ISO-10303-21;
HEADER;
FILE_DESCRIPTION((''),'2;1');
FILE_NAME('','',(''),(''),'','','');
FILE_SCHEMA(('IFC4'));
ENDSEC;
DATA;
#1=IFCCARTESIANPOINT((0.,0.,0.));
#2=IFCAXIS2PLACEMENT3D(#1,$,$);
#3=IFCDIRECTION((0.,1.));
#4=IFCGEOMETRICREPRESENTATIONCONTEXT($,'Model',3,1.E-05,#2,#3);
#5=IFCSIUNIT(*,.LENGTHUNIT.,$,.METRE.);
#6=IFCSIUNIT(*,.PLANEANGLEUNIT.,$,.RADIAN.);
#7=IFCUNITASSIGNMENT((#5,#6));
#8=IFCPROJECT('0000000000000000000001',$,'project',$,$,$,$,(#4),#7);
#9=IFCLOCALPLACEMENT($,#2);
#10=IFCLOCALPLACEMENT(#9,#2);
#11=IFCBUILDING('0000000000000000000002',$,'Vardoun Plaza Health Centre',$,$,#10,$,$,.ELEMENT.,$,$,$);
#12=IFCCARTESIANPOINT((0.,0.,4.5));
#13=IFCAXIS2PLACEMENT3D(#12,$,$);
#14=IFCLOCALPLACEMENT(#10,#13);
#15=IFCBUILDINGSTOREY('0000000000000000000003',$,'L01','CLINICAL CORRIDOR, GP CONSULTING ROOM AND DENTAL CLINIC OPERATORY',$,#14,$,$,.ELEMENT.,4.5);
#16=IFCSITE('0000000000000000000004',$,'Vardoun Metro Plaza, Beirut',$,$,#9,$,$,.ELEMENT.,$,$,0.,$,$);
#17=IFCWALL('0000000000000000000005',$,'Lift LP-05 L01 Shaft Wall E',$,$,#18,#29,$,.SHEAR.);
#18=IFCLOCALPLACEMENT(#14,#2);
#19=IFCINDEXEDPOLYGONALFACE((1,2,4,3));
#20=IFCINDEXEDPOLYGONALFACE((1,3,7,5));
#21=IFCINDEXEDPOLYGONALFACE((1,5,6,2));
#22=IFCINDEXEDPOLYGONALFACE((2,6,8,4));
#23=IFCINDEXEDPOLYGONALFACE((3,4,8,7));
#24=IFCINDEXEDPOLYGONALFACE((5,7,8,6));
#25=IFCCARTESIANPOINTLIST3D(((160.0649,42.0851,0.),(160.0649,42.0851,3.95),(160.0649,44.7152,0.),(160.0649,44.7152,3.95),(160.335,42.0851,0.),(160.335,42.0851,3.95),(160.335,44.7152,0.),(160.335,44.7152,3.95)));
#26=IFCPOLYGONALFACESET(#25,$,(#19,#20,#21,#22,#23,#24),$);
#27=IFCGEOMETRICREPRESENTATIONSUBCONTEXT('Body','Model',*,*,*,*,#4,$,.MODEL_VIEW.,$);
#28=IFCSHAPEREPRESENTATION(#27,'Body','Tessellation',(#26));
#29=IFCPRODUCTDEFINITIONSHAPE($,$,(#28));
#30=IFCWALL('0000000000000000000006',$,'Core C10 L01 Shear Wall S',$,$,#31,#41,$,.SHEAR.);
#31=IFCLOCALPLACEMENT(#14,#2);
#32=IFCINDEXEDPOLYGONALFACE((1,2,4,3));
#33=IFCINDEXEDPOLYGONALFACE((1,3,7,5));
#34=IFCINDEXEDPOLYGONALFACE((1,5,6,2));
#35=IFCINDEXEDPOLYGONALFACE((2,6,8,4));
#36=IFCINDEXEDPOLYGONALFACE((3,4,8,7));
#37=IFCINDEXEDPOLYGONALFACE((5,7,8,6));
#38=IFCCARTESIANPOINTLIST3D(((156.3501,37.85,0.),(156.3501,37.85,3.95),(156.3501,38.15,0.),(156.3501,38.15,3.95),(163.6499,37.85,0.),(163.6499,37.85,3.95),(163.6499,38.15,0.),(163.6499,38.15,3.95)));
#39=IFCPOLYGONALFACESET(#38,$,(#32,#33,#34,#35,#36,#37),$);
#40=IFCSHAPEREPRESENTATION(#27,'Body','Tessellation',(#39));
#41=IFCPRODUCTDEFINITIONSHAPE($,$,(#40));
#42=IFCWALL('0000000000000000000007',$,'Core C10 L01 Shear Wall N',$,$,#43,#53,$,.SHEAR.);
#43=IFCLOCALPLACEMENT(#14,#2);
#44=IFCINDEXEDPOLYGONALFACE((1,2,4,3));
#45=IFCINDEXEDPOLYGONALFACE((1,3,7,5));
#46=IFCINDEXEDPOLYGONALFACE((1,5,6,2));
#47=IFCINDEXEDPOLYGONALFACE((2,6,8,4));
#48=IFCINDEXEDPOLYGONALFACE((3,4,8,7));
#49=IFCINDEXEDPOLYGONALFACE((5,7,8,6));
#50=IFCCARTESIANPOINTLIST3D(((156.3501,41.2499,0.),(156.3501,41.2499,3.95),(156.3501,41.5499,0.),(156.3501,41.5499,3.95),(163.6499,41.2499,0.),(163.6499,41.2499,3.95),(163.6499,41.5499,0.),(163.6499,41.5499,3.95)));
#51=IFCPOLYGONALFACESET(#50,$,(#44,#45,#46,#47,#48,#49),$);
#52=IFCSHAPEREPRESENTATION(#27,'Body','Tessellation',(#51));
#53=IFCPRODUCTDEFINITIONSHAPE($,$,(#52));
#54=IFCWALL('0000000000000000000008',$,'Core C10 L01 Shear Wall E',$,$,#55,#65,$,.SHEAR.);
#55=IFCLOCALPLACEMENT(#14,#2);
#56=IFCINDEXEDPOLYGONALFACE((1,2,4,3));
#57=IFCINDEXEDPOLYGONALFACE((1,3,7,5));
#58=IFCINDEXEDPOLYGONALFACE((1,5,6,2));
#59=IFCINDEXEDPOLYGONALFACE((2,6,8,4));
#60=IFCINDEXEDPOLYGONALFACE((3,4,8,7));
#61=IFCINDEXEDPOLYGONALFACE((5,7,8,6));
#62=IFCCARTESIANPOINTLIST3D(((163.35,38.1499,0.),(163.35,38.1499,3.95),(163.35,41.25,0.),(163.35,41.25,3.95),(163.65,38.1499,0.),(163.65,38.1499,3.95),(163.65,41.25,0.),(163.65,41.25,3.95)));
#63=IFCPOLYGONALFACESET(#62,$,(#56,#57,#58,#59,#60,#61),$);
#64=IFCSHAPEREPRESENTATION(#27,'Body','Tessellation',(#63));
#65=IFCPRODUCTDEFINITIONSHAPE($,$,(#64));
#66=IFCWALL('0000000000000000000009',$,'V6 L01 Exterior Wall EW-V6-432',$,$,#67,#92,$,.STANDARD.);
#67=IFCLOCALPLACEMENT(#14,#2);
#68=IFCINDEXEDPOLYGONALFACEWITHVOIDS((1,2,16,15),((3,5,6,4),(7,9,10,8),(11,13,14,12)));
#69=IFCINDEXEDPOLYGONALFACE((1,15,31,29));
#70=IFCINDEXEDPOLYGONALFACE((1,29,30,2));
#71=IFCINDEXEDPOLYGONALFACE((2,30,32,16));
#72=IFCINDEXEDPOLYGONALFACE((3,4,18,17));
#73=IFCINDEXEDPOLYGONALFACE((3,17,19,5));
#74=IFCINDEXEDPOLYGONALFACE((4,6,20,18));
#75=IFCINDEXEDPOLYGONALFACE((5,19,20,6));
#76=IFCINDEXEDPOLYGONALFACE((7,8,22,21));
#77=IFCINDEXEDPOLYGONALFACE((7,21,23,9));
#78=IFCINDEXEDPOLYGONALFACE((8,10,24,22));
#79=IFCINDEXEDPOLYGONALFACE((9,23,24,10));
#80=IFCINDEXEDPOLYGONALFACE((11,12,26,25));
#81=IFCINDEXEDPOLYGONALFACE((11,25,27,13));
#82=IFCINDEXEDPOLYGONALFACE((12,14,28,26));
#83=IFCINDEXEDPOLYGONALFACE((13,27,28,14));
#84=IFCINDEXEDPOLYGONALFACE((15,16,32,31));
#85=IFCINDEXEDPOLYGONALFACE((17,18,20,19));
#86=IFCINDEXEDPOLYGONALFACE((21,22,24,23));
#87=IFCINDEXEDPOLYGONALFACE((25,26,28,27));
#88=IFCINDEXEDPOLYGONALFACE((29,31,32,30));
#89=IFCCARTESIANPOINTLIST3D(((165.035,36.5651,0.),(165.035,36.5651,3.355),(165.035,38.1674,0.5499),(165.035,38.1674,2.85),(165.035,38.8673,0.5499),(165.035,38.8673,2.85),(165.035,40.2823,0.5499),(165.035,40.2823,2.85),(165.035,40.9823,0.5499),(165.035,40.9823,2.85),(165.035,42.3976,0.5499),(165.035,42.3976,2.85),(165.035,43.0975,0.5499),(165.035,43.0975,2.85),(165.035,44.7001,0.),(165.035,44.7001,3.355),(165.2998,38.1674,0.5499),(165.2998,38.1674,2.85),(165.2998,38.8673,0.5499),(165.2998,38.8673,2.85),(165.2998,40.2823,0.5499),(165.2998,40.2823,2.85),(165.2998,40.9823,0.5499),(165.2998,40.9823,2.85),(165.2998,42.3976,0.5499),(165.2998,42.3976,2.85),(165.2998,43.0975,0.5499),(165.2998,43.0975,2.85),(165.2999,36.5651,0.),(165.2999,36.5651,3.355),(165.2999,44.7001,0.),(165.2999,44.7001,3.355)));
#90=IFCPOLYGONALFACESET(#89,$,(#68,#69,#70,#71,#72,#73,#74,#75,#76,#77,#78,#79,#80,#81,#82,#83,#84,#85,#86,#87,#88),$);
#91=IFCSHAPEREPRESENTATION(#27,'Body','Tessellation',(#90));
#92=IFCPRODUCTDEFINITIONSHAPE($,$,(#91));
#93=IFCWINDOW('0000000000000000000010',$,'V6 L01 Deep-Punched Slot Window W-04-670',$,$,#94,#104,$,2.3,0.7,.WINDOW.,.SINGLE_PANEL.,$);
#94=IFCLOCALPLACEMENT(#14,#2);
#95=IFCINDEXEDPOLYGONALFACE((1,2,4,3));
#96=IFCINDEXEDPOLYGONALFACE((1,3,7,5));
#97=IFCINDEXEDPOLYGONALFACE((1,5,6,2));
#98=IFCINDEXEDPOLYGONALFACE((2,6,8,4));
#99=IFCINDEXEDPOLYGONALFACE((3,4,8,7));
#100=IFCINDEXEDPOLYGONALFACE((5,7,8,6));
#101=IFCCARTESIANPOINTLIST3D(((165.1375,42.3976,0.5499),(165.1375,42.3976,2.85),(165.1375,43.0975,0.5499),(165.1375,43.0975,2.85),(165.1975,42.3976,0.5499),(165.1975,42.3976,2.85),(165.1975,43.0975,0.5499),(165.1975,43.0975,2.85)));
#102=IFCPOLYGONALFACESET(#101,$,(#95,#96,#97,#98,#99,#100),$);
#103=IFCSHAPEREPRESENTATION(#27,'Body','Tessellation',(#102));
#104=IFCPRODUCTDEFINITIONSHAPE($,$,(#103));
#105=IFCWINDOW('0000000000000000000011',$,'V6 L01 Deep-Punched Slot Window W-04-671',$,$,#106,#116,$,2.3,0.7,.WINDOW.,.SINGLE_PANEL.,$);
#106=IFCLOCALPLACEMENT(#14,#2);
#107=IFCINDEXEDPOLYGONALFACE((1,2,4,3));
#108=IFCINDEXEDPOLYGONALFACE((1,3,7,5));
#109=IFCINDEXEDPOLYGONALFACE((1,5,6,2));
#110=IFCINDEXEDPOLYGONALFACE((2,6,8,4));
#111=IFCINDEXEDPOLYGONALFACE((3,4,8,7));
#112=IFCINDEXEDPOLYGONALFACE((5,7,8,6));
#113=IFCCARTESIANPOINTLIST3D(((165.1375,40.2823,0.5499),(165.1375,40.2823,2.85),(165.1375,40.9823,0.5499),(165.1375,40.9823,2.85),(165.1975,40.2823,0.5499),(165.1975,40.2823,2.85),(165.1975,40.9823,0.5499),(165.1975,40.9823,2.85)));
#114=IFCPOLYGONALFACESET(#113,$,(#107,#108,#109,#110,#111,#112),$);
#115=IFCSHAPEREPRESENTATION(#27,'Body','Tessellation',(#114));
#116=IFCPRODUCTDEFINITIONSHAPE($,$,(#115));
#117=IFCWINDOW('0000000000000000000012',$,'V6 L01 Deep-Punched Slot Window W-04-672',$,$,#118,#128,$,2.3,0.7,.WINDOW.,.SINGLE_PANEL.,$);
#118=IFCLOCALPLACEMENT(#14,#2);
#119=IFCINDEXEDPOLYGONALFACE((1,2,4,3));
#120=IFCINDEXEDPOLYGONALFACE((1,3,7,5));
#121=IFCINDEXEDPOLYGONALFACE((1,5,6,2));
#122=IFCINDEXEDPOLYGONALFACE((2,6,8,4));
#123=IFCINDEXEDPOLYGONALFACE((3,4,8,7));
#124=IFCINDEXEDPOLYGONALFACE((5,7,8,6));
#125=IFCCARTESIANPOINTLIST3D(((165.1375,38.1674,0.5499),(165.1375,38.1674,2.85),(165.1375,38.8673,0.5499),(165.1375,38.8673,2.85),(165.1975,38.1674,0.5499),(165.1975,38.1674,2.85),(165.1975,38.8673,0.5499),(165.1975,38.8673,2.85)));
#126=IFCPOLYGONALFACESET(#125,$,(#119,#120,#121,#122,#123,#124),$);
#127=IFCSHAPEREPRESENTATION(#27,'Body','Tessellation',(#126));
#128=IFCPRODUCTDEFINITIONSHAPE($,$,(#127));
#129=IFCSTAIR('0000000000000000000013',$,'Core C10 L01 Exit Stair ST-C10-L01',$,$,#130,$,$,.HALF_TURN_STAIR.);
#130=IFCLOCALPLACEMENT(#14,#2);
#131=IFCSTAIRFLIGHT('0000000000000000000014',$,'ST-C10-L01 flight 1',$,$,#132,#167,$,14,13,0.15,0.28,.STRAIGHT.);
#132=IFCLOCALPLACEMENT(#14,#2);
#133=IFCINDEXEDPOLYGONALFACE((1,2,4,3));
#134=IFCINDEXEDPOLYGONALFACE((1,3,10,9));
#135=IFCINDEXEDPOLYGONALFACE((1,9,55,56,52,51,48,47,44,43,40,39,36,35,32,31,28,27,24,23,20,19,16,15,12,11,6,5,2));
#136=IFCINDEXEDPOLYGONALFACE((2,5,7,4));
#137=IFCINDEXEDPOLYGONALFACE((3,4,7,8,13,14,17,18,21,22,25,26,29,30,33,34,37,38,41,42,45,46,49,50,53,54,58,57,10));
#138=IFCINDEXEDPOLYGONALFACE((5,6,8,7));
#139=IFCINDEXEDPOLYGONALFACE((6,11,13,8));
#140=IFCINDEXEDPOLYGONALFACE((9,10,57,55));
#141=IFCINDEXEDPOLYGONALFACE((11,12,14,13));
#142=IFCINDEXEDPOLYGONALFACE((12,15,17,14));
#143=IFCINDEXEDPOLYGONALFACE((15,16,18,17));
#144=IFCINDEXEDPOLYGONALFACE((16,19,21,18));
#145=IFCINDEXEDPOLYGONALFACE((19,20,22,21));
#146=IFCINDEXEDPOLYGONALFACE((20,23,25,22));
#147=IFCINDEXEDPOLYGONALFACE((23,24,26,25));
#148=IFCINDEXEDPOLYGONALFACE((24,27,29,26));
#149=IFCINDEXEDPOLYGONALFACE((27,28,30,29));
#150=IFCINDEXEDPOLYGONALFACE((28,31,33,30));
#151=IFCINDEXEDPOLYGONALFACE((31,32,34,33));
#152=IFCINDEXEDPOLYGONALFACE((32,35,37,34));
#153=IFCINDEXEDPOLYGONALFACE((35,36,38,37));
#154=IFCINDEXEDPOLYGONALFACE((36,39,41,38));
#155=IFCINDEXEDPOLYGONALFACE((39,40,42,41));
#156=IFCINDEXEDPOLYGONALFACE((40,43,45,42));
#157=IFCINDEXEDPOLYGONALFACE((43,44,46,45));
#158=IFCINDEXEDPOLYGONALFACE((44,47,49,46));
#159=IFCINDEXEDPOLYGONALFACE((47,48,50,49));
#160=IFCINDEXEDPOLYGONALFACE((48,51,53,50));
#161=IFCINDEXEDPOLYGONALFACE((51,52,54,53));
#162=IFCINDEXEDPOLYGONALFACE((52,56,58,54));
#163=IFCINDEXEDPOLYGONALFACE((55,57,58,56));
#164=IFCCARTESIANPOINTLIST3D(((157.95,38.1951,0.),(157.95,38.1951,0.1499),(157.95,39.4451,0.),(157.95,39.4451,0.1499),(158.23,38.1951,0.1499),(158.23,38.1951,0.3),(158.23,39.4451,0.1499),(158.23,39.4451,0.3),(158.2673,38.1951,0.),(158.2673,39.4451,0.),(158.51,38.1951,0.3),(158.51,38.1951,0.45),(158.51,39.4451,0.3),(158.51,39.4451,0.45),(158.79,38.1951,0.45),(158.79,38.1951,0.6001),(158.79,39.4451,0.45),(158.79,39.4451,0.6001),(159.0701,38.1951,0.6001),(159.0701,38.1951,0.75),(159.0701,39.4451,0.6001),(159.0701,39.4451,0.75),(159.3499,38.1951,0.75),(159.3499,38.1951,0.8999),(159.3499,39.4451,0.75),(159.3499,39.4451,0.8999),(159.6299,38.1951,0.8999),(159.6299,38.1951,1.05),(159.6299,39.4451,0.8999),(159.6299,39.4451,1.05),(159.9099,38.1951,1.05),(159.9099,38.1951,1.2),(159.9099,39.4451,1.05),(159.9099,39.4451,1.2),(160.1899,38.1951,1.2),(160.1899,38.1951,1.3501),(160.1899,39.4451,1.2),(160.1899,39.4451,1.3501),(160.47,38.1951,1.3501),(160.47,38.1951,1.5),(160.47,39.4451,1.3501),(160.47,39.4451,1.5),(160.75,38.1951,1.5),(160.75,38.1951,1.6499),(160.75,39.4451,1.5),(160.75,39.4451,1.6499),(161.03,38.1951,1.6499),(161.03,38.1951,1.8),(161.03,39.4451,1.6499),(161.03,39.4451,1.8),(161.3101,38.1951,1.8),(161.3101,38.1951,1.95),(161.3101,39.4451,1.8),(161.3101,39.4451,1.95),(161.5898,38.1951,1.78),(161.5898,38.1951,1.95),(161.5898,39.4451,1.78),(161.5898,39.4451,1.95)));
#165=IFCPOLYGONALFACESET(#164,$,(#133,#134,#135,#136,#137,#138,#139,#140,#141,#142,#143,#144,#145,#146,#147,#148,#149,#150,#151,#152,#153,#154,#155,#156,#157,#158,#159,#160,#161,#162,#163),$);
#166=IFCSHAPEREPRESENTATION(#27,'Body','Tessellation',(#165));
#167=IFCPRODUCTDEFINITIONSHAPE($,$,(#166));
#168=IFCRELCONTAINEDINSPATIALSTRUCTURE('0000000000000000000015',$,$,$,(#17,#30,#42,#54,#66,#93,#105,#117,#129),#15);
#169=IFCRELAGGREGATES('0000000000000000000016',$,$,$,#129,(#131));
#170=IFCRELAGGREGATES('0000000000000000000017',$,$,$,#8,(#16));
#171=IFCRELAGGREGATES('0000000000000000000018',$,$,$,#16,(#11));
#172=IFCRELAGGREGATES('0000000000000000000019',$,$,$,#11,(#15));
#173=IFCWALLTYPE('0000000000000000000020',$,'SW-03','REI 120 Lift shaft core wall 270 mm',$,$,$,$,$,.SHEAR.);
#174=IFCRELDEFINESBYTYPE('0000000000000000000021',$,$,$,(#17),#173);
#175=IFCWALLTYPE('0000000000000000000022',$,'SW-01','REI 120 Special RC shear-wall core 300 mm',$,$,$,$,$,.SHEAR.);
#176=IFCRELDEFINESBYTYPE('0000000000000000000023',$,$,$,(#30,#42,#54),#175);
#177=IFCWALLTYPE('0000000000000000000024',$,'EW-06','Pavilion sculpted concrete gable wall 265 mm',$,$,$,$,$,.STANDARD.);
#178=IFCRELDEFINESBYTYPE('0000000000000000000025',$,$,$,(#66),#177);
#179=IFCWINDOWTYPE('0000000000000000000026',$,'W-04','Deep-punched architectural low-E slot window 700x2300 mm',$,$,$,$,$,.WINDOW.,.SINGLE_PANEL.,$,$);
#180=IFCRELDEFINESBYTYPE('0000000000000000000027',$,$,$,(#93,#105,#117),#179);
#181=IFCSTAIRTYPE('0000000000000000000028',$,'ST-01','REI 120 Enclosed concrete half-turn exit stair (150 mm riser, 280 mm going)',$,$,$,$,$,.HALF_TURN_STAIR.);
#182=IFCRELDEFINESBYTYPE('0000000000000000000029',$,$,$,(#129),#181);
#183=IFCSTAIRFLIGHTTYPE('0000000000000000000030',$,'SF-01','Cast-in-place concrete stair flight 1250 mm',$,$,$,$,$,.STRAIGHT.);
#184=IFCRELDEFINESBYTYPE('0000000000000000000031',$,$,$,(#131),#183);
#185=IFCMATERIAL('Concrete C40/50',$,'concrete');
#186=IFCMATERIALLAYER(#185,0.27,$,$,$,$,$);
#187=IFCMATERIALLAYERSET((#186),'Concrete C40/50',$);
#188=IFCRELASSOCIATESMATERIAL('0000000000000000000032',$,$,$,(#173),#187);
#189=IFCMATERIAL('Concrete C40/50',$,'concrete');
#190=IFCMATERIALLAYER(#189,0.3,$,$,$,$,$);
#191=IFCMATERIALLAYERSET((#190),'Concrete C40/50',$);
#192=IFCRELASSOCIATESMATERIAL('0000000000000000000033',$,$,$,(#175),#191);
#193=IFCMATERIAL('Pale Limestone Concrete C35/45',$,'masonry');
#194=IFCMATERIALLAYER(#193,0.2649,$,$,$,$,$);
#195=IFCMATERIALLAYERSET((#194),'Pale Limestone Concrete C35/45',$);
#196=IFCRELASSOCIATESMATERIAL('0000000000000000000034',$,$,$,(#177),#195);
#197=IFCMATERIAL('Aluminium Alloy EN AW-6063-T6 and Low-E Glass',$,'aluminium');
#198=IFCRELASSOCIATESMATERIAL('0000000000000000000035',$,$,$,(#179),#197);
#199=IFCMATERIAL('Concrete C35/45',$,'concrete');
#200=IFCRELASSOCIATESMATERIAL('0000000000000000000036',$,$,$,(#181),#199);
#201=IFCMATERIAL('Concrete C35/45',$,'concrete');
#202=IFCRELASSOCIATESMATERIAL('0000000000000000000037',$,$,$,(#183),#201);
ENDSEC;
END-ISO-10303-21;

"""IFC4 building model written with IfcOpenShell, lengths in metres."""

from ifc_helpers import new_model, si_unit, direction, frame, frame_2d, origin, place, context, subcontext, project, spatial, polyline, rectangle, outline, extrude, material, layer, layer_set, type_object, element, fill, aggregate, save


model = new_model("IFC4")

# Units and contexts
model_context = context("Model", 3, precision=1e-05, world=origin(), true_north=direction((0.0, 1.0)))
body_context = subcontext(model_context, "Body", "Model", "MODEL_VIEW")
ifc_project = project(units=[si_unit("LENGTHUNIT", "METRE"), si_unit("PLANEANGLEUNIT", "RADIAN")], contexts=[model_context])

# Site, building, storey
site_placement = place(None, origin())
site = spatial("IfcSite", under=ifc_project, at=site_placement, Name="Vardoun Metro Plaza, Beirut", CompositionType="ELEMENT", RefElevation=0.0)
building_placement = place(site_placement, origin())
building = spatial("IfcBuilding", under=site, at=building_placement, Name="Vardoun Plaza Health Centre", CompositionType="ELEMENT")
storey_placement = place(building_placement, frame((0.0, 0.0, 4.5)))
storey = spatial("IfcBuildingStorey", under=building, at=storey_placement, Name="L01", Description="CLINICAL CORRIDOR, GP CONSULTING ROOM AND DENTAL CLINIC OPERATORY", CompositionType="ELEMENT", Elevation=4.5)

# Shared definitions
ifc_material_1 = material(Name="Concrete C40/50", Category="concrete")
ifc_layer_1 = layer(ifc_material_1, 0.27)
ifc_layer_set_1 = layer_set([ifc_layer_1], Name="Concrete C40/50")
wall_type_1 = type_object("IfcWallType", Name="SW-03", Description="REI 120 Lift shaft core wall 270 mm", PredefinedType="SHEAR", material=ifc_layer_set_1)

# Walls
wall_1_placement = place(storey_placement, frame((160.2, 44.7151, 0.0), z_axis=(0.0, 0.0, 1.0), x_axis=(0.0, -1.0, 0.0)))
element("IfcWall", 1, at=wall_1_placement, inside=storey, type_object=wall_type_1, Name="Lift LP-05 L01 Shaft Wall E", PredefinedType="SHEAR", context=body_context, shape_type="SweptSolid", body=[
    extrude(rectangle(XDim=2.6301, YDim=0.27, at=frame_2d((1.3149, 0.0))), origin(), (0.0, 0.0, 1.0), 3.95),
])
ifc_material_2 = material(Name="Concrete C40/50", Category="concrete")
ifc_layer_2 = layer(ifc_material_2, 0.3)
ifc_layer_set_2 = layer_set([ifc_layer_2], Name="Concrete C40/50")
wall_type_2 = type_object("IfcWallType", Name="SW-01", Description="REI 120 Special RC shear-wall core 300 mm", PredefinedType="SHEAR", material=ifc_layer_set_2)
wall_2_placement = place(storey_placement, frame((163.6499, 38.0, 0.0), z_axis=(0.0, 0.0, 1.0), x_axis=(-1.0, 0.0, 0.0)))
element("IfcWall", 2, at=wall_2_placement, inside=storey, type_object=wall_type_2, Name="Core C10 L01 Shear Wall S", PredefinedType="SHEAR", context=body_context, shape_type="SweptSolid", body=[
    extrude(rectangle(XDim=7.2998, YDim=0.3, at=frame_2d((3.6499, 0.0))), origin(), (0.0, 0.0, 1.0), 3.95),
])

# Walls
wall_3_placement = place(storey_placement, frame((156.3501, 41.3999, 0.0), z_axis=(0.0, 0.0, 1.0), x_axis=(1.0, 0.0, 0.0)))
element("IfcWall", 3, at=wall_3_placement, inside=storey, type_object=wall_type_2, Name="Core C10 L01 Shear Wall N", PredefinedType="SHEAR", context=body_context, shape_type="SweptSolid", body=[
    extrude(rectangle(XDim=7.2998, YDim=0.3, at=frame_2d((3.6499, 0.0))), origin(), (0.0, 0.0, 1.0), 3.95),
])
wall_4_placement = place(storey_placement, frame((163.5, 41.25, 0.0), z_axis=(0.0, 0.0, 1.0), x_axis=(0.0, -1.0, 0.0)))
element("IfcWall", 4, at=wall_4_placement, inside=storey, type_object=wall_type_2, Name="Core C10 L01 Shear Wall E", PredefinedType="SHEAR", context=body_context, shape_type="SweptSolid", body=[
    extrude(rectangle(XDim=3.1001, YDim=0.3, at=frame_2d((1.55, 0.0))), origin(), (0.0, 0.0, 1.0), 3.95),
])

# Wall, openings, windows
ifc_material_3 = material(Name="Pale Limestone Concrete C35/45", Category="masonry")
ifc_layer_3 = layer(ifc_material_3, 0.2649)
ifc_layer_set_3 = layer_set([ifc_layer_3], Name="Pale Limestone Concrete C35/45")
wall_type_3 = type_object("IfcWallType", Name="EW-06", Description="Pavilion sculpted concrete gable wall 265 mm", PredefinedType="STANDARD", material=ifc_layer_set_3)
wall_5_placement = place(storey_placement, frame((165.1675, 44.7, 0.0), z_axis=(0.0, 0.0, 1.0), x_axis=(0.0, -1.0, 0.0)))
wall_5 = element("IfcWall", 5, at=wall_5_placement, inside=storey, type_object=wall_type_3, Name="V6 L01 Exterior Wall EW-V6-432", PredefinedType="STANDARD", context=body_context, shape_type="SweptSolid", body=[
    extrude(rectangle(XDim=8.135, YDim=0.2649, at=frame_2d((4.0674, 0.0))), origin(), (0.0, 0.0, 1.0), 3.355),
])
opening_1_placement = place(wall_5_placement, frame((1.6023, 0.0, 0.55)))
opening_1 = element("IfcOpeningElement", 6, at=opening_1_placement, cuts=wall_5, PredefinedType="OPENING", context=body_context, shape_type="SweptSolid", body=[
    extrude(rectangle(XDim=0.7, YDim=2.3, at=frame_2d((0.3501, 1.1499))), frame((0.0, 0.1323, 0.0), z_axis=(0.0, -1.0, 0.0), x_axis=(1.0, 0.0, 0.0)), (0.0, 0.0, 1.0), 0.2649),
])
opening_2_placement = place(wall_5_placement, frame((3.7175, 0.0, 0.55)))
opening_2 = element("IfcOpeningElement", 7, at=opening_2_placement, cuts=wall_5, PredefinedType="OPENING", context=body_context, shape_type="SweptSolid", body=[
    extrude(rectangle(XDim=0.7, YDim=2.3, at=frame_2d((0.3501, 1.1499))), frame((0.0, 0.1323, 0.0), z_axis=(0.0, -1.0, 0.0), x_axis=(1.0, 0.0, 0.0)), (0.0, 0.0, 1.0), 0.2649),
])
opening_3_placement = place(wall_5_placement, frame((5.8325, 0.0, 0.55)))
opening_3 = element("IfcOpeningElement", 8, at=opening_3_placement, cuts=wall_5, PredefinedType="OPENING", context=body_context, shape_type="SweptSolid", body=[
    extrude(rectangle(XDim=0.7, YDim=2.3, at=frame_2d((0.3501, 1.1499))), frame((0.0, 0.1323, 0.0), z_axis=(0.0, -1.0, 0.0), x_axis=(1.0, 0.0, 0.0)), (0.0, 0.0, 1.0), 0.2649),
])
ifc_material_4 = material(Name="Aluminium Alloy EN AW-6063-T6 and Low-E Glass", Category="aluminium")
window_type = type_object("IfcWindowType", Name="W-04", Description="Deep-punched architectural low-E slot window 700x2300 mm", PartitioningType="SINGLE_PANEL", PredefinedType="WINDOW", material=ifc_material_4)
window_1_placement = place(opening_1_placement, origin())
window_1 = element("IfcWindow", 9, at=window_1_placement, inside=storey, type_object=window_type, Name="V6 L01 Deep-Punched Slot Window W-04-670", OverallHeight=2.3, OverallWidth=0.7, PartitioningType="SINGLE_PANEL", PredefinedType="WINDOW", context=body_context, shape_type="SweptSolid", body=[
    extrude(rectangle(XDim=0.7, YDim=2.3, at=frame_2d((0.3501, 1.1499))), frame((0.0, 0.03, 0.0), z_axis=(0.0, -1.0, 0.0), x_axis=(1.0, 0.0, 0.0)), (0.0, 0.0, 1.0), 0.0601),
])
fill(opening_1, window_1)
window_2_placement = place(opening_2_placement, origin())
window_2 = element("IfcWindow", 10, at=window_2_placement, inside=storey, type_object=window_type, Name="V6 L01 Deep-Punched Slot Window W-04-671", OverallHeight=2.3, OverallWidth=0.7, PartitioningType="SINGLE_PANEL", PredefinedType="WINDOW", context=body_context, shape_type="SweptSolid", body=[
    extrude(rectangle(XDim=0.7, YDim=2.3, at=frame_2d((0.3501, 1.1499))), frame((0.0, 0.03, 0.0), z_axis=(0.0, -1.0, 0.0), x_axis=(1.0, 0.0, 0.0)), (0.0, 0.0, 1.0), 0.0601),
])
fill(opening_2, window_2)
window_3_placement = place(opening_3_placement, origin())
window_3 = element("IfcWindow", 11, at=window_3_placement, inside=storey, type_object=window_type, Name="V6 L01 Deep-Punched Slot Window W-04-672", OverallHeight=2.3, OverallWidth=0.7, PartitioningType="SINGLE_PANEL", PredefinedType="WINDOW", context=body_context, shape_type="SweptSolid", body=[
    extrude(rectangle(XDim=0.7, YDim=2.3, at=frame_2d((0.3501, 1.1499))), frame((0.0, 0.03, 0.0), z_axis=(0.0, -1.0, 0.0), x_axis=(1.0, 0.0, 0.0)), (0.0, 0.0, 1.0), 0.0601),
])
fill(opening_3, window_3)

# Stair, stair flight
ifc_material_5 = material(Name="Concrete C35/45", Category="concrete")
stair_type = type_object("IfcStairType", Name="ST-01", Description="REI 120 Enclosed concrete half-turn exit stair (150 mm riser, 280 mm going)", PredefinedType="HALF_TURN_STAIR", material=ifc_material_5)
stair_placement = place(storey_placement, origin())
stair = element("IfcStair", 12, at=stair_placement, inside=storey, type_object=stair_type, Name="Core C10 L01 Exit Stair ST-C10-L01", PredefinedType="HALF_TURN_STAIR")
ifc_material_6 = material(Name="Concrete C35/45", Category="concrete")
stair_flight_type = type_object("IfcStairFlightType", Name="SF-01", Description="Cast-in-place concrete stair flight 1250 mm", PredefinedType="STRAIGHT", material=ifc_material_6)
stair_flight_1_placement = place(storey_placement, frame((157.95, 38.8201, 0.0), z_axis=(0.0, 0.0, 1.0), x_axis=(1.0, 0.0, 0.0)))
stair_flight_1 = element("IfcStairFlight", 13, at=stair_flight_1_placement, type_object=stair_flight_type, Name="ST-C10-L01 flight 1", NumberOfRisers=14, NumberOfTreads=13, PredefinedType="STRAIGHT", RiserHeight=0.15, TreadLength=0.28, context=body_context, shape_type="SweptSolid", body=[
    extrude(outline(polyline([(0.0, 0.0), (0.0, 0.1499), (0.28, 0.1499), (0.28, 0.3), (0.5601, 0.3), (0.5601, 0.45), (0.8401, 0.45), (0.8401, 0.6001), (1.1201, 0.6001), (1.1201, 0.75), (1.3999, 0.75), (1.3999, 0.8999), (1.6799, 0.8999), (1.6799, 1.05), (1.96, 1.05), (1.96, 1.2), (2.24, 1.2), (2.24, 1.3501), (2.52, 1.3501), (2.52, 1.5), (2.8, 1.5), (2.8, 1.6499), (3.0801, 1.6499), (3.0801, 1.8), (3.3601, 1.8), (3.3601, 1.95), (3.6399, 1.95), (3.6399, 2.1001), (3.6399, 1.78), (0.3174, 0.0), (0.0, 0.0)])), frame((0.0, 0.625, 0.0), z_axis=(0.0, -1.0, 0.0), x_axis=(1.0, 0.0, 0.0)), (0.0, 0.0, 1.0), 1.25),
])
aggregate(stair, [stair_flight_1])

save(model, "model.ifc")
